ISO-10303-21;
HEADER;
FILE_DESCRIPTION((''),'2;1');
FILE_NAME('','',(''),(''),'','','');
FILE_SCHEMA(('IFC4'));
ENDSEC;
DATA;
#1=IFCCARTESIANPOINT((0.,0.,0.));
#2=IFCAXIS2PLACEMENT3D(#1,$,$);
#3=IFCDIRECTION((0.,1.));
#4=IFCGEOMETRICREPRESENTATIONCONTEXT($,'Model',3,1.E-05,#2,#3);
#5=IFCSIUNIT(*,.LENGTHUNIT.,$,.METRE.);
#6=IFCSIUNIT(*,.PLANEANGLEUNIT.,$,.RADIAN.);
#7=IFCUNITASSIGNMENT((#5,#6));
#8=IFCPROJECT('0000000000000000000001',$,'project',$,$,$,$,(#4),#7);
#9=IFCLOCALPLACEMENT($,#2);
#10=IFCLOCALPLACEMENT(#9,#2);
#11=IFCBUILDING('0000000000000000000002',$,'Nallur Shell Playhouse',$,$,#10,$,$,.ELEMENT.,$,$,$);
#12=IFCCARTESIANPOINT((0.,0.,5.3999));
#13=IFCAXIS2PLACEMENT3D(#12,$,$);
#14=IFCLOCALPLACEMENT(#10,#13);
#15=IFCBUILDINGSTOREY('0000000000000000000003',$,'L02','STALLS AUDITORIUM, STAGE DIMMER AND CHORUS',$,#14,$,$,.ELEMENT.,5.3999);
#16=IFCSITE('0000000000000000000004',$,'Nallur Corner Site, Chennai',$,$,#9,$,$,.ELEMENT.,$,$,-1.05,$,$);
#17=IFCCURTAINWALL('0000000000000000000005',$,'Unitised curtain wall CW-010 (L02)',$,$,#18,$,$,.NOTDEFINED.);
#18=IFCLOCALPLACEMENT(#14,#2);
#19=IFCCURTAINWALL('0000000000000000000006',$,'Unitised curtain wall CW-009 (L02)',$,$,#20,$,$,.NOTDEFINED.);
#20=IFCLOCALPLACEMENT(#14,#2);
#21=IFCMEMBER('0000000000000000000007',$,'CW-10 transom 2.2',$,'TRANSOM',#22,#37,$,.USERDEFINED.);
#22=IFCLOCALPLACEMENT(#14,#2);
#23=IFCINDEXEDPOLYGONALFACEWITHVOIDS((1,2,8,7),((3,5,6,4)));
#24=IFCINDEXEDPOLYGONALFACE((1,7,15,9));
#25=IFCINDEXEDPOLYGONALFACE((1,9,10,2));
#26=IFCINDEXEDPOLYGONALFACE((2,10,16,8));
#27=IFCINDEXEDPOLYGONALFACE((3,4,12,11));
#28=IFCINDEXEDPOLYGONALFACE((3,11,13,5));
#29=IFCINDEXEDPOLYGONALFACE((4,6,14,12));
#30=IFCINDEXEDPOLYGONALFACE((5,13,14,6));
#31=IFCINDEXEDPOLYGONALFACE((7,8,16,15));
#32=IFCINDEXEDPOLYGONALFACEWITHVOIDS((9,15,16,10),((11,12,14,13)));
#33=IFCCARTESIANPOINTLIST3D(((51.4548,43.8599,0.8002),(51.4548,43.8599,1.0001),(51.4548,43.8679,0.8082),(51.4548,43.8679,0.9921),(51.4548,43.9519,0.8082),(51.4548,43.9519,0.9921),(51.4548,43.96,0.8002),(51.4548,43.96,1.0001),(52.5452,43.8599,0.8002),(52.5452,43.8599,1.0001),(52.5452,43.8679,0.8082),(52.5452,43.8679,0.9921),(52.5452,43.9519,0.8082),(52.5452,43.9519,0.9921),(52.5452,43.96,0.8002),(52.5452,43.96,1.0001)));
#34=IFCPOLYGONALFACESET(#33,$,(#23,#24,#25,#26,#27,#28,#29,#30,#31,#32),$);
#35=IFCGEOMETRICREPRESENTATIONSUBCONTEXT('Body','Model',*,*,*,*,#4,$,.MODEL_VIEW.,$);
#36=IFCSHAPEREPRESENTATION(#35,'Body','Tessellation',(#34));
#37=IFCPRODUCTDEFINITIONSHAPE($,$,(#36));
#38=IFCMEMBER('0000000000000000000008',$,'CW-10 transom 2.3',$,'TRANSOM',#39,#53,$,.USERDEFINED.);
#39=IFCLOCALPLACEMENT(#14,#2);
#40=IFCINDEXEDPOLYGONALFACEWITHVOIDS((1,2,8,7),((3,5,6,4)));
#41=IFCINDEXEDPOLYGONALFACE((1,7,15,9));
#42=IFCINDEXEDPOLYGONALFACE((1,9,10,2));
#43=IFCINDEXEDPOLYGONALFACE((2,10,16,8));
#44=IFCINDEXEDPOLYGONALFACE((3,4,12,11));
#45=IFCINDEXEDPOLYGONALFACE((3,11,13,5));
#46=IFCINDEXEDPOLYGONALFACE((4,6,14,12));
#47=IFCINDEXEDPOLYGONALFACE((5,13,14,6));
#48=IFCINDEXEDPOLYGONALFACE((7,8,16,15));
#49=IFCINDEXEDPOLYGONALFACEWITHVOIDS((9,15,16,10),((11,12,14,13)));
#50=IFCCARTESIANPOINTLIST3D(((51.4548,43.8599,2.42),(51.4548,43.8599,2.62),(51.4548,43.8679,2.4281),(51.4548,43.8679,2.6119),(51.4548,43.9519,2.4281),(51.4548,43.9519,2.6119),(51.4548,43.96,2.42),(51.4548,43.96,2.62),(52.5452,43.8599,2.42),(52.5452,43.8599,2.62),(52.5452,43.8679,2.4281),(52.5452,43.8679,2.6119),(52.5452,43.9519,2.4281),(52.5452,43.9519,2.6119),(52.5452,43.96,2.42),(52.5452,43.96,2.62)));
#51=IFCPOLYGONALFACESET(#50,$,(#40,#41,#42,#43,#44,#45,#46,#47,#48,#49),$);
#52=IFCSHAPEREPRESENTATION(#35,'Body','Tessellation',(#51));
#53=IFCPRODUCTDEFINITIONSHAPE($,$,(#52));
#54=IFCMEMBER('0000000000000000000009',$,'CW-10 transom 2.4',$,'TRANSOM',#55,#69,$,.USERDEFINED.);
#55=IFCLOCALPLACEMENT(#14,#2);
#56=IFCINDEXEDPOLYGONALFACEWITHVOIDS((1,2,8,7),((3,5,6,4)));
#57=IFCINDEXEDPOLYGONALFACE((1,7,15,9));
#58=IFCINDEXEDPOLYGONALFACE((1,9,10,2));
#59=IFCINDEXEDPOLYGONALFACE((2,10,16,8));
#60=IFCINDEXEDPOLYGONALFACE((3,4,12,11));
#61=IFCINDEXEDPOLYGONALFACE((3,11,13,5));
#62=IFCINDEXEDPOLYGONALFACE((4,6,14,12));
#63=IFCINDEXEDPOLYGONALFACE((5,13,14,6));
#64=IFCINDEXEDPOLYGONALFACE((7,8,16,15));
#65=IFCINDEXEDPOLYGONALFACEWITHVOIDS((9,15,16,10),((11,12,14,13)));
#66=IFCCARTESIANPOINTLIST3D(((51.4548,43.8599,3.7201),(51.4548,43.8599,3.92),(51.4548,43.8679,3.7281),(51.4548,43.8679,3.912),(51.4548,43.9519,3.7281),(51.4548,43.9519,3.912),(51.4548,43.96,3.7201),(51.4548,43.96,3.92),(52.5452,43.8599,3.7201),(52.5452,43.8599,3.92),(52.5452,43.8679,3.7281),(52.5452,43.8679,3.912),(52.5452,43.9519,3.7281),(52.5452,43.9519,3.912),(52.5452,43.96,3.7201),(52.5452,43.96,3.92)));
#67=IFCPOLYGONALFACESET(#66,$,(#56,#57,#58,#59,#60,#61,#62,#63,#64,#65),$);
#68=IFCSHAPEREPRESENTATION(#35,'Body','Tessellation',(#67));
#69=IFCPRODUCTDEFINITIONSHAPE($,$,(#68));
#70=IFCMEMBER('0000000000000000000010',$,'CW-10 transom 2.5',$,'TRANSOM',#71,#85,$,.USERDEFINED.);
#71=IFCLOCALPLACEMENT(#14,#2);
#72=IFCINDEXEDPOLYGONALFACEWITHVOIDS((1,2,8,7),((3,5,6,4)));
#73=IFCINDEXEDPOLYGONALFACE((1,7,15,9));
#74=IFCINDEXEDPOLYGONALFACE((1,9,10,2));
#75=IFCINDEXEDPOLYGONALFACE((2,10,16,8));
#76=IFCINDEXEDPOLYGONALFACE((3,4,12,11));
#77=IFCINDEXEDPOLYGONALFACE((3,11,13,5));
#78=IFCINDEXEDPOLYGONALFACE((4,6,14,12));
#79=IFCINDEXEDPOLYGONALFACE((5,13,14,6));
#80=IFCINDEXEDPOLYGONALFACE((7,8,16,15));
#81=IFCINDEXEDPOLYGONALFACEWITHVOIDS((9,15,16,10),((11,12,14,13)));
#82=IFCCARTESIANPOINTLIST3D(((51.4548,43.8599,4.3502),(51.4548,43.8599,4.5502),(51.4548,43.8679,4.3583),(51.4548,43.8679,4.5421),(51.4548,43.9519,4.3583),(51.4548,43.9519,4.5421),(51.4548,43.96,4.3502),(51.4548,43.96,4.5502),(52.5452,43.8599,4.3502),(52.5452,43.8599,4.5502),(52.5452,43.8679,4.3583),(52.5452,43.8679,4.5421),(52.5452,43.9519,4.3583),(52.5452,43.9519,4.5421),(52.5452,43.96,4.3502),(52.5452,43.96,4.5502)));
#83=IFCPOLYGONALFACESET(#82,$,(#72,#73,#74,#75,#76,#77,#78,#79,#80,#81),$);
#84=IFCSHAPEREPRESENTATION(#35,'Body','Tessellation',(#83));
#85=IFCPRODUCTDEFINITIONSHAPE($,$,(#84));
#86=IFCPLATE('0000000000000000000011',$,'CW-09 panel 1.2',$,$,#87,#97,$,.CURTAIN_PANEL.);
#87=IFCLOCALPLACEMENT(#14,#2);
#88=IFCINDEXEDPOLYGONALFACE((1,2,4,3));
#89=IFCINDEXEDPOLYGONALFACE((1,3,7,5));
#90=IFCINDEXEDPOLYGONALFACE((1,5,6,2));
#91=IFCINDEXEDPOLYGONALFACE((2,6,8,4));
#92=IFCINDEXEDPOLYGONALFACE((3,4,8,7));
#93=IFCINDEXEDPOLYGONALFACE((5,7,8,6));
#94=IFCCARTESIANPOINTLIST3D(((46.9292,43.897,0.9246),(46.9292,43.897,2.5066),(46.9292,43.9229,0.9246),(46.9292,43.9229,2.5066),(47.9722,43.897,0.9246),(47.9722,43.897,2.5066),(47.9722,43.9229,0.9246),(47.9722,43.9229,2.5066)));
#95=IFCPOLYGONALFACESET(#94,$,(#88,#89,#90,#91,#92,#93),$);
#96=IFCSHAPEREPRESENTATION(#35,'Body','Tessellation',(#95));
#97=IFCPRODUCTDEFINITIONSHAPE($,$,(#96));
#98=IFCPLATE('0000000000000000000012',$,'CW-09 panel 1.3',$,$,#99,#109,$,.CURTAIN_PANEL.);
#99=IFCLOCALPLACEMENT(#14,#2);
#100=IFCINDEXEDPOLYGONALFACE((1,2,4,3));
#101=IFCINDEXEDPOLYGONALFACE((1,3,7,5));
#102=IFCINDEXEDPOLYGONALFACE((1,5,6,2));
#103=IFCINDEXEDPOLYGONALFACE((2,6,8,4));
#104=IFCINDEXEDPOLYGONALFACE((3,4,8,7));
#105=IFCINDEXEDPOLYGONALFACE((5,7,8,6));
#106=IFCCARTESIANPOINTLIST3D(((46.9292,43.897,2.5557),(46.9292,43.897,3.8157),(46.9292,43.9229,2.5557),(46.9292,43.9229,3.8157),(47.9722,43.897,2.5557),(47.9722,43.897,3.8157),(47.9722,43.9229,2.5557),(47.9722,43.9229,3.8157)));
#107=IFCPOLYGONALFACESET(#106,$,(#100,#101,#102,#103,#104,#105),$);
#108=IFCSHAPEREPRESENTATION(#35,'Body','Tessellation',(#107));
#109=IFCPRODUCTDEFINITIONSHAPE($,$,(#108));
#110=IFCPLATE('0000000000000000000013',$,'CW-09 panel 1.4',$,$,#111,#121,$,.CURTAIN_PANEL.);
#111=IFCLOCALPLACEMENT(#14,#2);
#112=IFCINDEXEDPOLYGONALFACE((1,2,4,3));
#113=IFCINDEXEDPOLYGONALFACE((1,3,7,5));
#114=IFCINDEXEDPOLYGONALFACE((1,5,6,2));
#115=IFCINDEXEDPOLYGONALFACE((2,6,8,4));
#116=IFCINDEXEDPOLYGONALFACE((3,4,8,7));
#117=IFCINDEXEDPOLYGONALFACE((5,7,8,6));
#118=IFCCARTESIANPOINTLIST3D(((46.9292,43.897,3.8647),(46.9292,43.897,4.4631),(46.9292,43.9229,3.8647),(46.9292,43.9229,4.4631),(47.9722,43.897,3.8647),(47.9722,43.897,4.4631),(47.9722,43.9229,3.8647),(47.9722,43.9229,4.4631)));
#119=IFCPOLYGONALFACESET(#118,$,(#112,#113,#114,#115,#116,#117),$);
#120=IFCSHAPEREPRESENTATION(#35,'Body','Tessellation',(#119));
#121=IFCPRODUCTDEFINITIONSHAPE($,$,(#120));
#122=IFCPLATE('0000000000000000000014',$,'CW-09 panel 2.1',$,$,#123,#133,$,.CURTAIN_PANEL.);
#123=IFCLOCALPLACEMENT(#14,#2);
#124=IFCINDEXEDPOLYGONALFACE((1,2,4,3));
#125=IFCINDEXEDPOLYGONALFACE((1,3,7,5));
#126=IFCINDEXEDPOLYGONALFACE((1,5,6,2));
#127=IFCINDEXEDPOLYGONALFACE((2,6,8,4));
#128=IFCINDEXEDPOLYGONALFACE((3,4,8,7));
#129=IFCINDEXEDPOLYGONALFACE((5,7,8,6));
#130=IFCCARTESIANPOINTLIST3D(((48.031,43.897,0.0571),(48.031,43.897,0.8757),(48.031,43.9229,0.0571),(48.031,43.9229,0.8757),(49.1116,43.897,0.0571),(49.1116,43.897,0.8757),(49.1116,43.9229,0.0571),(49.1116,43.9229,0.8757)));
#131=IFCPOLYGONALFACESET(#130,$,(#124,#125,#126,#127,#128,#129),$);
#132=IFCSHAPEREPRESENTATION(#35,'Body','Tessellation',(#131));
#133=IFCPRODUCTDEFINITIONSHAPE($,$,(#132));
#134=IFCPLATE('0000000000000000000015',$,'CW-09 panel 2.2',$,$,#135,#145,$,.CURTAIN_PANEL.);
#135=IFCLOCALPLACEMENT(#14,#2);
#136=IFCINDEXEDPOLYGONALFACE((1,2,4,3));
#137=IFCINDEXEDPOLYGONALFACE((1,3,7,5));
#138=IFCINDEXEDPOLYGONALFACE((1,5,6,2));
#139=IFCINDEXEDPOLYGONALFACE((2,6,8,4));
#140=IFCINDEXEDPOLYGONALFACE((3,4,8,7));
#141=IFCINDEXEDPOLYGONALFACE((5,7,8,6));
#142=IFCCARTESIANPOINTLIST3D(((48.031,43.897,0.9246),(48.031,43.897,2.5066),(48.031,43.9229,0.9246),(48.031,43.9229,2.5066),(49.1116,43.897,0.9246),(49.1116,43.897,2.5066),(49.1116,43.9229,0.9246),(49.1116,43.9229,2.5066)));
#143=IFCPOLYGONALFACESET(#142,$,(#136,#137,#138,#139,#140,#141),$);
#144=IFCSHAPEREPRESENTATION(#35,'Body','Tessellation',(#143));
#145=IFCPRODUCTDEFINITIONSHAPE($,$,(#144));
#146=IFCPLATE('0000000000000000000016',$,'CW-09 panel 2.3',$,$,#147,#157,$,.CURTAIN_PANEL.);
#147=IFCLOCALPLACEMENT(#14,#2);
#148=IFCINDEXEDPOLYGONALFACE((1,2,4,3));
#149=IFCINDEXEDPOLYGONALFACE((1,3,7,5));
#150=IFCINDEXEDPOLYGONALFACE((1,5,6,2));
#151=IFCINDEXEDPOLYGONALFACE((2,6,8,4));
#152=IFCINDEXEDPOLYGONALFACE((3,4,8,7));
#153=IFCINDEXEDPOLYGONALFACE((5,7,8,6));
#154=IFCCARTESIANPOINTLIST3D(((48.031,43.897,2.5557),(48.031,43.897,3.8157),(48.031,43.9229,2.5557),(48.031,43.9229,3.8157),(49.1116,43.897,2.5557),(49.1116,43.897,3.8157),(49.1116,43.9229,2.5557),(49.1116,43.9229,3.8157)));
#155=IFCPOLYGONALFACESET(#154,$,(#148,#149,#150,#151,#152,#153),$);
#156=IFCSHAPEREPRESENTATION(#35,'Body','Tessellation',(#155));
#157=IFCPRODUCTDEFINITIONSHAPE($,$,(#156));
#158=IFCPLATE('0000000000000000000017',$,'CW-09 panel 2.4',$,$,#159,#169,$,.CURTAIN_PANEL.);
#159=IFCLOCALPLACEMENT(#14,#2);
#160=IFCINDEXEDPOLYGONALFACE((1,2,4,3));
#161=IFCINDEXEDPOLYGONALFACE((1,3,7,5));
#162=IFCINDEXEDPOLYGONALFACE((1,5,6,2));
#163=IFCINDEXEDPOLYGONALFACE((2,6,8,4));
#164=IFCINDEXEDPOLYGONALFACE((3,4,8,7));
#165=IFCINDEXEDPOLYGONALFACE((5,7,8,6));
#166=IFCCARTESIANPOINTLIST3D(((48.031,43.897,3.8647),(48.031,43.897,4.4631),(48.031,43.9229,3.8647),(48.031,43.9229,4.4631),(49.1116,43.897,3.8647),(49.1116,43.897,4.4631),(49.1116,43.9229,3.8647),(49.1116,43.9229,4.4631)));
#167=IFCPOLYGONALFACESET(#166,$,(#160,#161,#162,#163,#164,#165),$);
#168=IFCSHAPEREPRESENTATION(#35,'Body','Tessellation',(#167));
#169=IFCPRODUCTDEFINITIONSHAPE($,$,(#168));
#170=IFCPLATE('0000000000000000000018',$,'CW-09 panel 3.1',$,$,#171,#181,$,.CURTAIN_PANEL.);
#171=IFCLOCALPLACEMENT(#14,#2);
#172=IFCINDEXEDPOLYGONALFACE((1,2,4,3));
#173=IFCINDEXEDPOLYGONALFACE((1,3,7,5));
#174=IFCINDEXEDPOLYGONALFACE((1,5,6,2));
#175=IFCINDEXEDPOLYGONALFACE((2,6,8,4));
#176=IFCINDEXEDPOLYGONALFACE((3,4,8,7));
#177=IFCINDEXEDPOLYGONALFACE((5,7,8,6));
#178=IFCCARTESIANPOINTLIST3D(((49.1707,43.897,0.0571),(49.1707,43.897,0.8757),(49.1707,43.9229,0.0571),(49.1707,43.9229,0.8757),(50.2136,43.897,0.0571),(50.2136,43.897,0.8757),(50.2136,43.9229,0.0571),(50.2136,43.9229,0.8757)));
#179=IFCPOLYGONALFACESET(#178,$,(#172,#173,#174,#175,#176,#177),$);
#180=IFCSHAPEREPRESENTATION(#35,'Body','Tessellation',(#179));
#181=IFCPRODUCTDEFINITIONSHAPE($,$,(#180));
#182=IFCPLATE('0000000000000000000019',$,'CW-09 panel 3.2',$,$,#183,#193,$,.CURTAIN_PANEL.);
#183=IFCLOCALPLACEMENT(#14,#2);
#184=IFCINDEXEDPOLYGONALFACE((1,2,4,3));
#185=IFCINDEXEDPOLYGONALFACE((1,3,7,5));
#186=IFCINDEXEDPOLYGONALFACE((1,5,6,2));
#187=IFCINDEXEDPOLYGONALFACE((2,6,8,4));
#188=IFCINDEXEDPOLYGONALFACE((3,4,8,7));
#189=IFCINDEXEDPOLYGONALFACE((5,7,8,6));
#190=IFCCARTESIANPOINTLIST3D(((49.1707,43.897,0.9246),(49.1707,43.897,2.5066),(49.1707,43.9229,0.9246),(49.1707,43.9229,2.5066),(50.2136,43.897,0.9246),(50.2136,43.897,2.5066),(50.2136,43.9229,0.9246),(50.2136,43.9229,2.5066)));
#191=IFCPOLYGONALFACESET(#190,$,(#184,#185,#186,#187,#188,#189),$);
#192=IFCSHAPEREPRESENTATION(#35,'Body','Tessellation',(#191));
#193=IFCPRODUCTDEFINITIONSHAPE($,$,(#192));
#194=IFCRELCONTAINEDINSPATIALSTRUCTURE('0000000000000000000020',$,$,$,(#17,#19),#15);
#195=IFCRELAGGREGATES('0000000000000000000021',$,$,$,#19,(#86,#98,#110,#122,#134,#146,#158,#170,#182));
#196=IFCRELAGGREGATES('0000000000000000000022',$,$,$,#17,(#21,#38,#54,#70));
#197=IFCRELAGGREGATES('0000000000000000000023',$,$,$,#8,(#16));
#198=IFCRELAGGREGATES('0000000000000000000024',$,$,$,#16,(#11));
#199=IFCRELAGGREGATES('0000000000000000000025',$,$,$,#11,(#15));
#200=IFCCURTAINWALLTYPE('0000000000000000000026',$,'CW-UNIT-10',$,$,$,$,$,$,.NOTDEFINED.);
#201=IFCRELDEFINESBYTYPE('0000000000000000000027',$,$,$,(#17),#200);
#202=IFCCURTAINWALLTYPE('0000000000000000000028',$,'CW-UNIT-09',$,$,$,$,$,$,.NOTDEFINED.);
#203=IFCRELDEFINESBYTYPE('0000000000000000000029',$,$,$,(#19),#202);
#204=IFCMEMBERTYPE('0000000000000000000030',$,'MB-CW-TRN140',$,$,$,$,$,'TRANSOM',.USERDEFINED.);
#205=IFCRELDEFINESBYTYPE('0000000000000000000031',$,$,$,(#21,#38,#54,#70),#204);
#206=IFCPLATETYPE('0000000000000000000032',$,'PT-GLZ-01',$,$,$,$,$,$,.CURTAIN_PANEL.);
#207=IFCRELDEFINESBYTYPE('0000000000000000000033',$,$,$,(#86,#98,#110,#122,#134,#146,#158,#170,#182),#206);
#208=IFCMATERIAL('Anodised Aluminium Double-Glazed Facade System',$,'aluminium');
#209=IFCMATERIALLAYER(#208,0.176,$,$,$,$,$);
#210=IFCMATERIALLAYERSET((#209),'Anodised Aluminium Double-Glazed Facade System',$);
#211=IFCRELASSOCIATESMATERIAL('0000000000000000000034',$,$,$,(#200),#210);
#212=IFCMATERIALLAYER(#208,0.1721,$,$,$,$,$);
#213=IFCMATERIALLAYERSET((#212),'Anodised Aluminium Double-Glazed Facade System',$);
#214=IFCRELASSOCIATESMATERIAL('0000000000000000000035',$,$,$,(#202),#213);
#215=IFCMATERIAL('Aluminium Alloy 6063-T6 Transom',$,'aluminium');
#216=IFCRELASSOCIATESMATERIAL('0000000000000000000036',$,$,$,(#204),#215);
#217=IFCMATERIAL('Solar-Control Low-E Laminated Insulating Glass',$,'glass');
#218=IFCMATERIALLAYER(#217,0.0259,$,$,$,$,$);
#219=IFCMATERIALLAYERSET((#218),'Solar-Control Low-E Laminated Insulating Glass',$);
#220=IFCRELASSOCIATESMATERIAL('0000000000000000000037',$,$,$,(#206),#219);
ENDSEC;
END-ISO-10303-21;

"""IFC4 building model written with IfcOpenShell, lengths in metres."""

from ifc_helpers import new_model, si_unit, direction, frame, origin, origin_2d, place, context, subcontext, project, spatial, rectangle, hollow_rectangle, extrude, material, layer, layer_set, material_profile, profile_set, type_object, element, aggregate, save


model = new_model("IFC4")

# Units and contexts
model_context = context("Model", 3, precision=1e-05, world=origin(), true_north=direction((0.0, 1.0)))
body_context = subcontext(model_context, "Body", "Model", "MODEL_VIEW")
ifc_project = project(units=[si_unit("LENGTHUNIT", "METRE"), si_unit("PLANEANGLEUNIT", "RADIAN")], contexts=[model_context])

# Site, building, storey
site_placement = place(None, origin())
site = spatial("IfcSite", under=ifc_project, at=site_placement, Name="Nallur Corner Site, Chennai", CompositionType="ELEMENT", RefElevation=-1.05)
building_placement = place(site_placement, origin())
building = spatial("IfcBuilding", under=site, at=building_placement, Name="Nallur Shell Playhouse", CompositionType="ELEMENT")
storey_placement = place(building_placement, frame((0.0, 0.0, 5.3999)))
storey = spatial("IfcBuildingStorey", under=building, at=storey_placement, Name="L02", Description="STALLS AUDITORIUM, STAGE DIMMER AND CHORUS", CompositionType="ELEMENT", Elevation=5.3999)

# Curtain walls
ifc_material_1 = material(Name="Anodised Aluminium Double-Glazed Facade System", Category="aluminium")
ifc_layer_1 = layer(ifc_material_1, 0.176)
ifc_layer_set_1 = layer_set([ifc_layer_1], Name="Anodised Aluminium Double-Glazed Facade System")
curtain_wall_type_1 = type_object("IfcCurtainWallType", Name="CW-UNIT-10", PredefinedType="NOTDEFINED", material=ifc_layer_set_1)
curtain_wall_1_placement = place(storey_placement, origin())
curtain_wall_1 = element("IfcCurtainWall", 1, at=curtain_wall_1_placement, inside=storey, type_object=curtain_wall_type_1, Name="Unitised curtain wall CW-010 (L02)", PredefinedType="NOTDEFINED")
ifc_layer_2 = layer(ifc_material_1, 0.1721)
ifc_layer_set_2 = layer_set([ifc_layer_2], Name="Anodised Aluminium Double-Glazed Facade System")
curtain_wall_type_2 = type_object("IfcCurtainWallType", Name="CW-UNIT-09", PredefinedType="NOTDEFINED", material=ifc_layer_set_2)
curtain_wall_2_placement = place(storey_placement, origin())
curtain_wall_2 = element("IfcCurtainWall", 2, at=curtain_wall_2_placement, inside=storey, type_object=curtain_wall_type_2, Name="Unitised curtain wall CW-009 (L02)", PredefinedType="NOTDEFINED")
ifc_material_2 = material(Name="Aluminium Alloy 6063-T6 Transom", Category="aluminium")

# Members
ifc_material_profile_1 = material_profile(ifc_material_2, hollow_rectangle(XDim=0.1001, YDim=0.2, WallThickness=0.0081, at=origin_2d()), Name="RHS 200x100x8")
ifc_profile_set_1 = profile_set([ifc_material_profile_1], Name="Aluminium Alloy 6063-T6 Transom")
member_type_1 = type_object("IfcMemberType", Name="MB-CW-TRN140", ElementType="TRANSOM", PredefinedType="USERDEFINED", material=ifc_profile_set_1)
member_1_placement = place(storey_placement, frame((51.4548, 43.9099, 0.9001), z_axis=(1.0, 0.0, 0.0), x_axis=(0.0, 1.0, 0.0)))
member_1 = element("IfcMember", 3, at=member_1_placement, type_object=member_type_1, Name="CW-10 transom 2.2", ObjectType="TRANSOM", PredefinedType="USERDEFINED", context=body_context, shape_type="SweptSolid", body=[
    extrude(hollow_rectangle(XDim=0.1001, YDim=0.2, WallThickness=0.0081, at=origin_2d()), origin(), (0.0, 0.0, 1.0), 1.0903),
])
member_2_placement = place(storey_placement, frame((51.4548, 43.9099, 2.52), z_axis=(1.0, 0.0, 0.0), x_axis=(0.0, 1.0, 0.0)))
member_2 = element("IfcMember", 4, at=member_2_placement, type_object=member_type_1, Name="CW-10 transom 2.3", ObjectType="TRANSOM", PredefinedType="USERDEFINED", context=body_context, shape_type="SweptSolid", body=[
    extrude(hollow_rectangle(XDim=0.1001, YDim=0.2, WallThickness=0.0081, at=origin_2d()), origin(), (0.0, 0.0, 1.0), 1.0903),
])
member_3_placement = place(storey_placement, frame((51.4548, 43.9099, 3.8201), z_axis=(1.0, 0.0, 0.0), x_axis=(0.0, 1.0, 0.0)))
member_3 = element("IfcMember", 5, at=member_3_placement, type_object=member_type_1, Name="CW-10 transom 2.4", ObjectType="TRANSOM", PredefinedType="USERDEFINED", context=body_context, shape_type="SweptSolid", body=[
    extrude(hollow_rectangle(XDim=0.1001, YDim=0.2, WallThickness=0.0081, at=origin_2d()), origin(), (0.0, 0.0, 1.0), 1.0903),
])
member_4_placement = place(storey_placement, frame((51.4548, 43.9099, 4.4502), z_axis=(1.0, 0.0, 0.0), x_axis=(0.0, 1.0, 0.0)))
member_4 = element("IfcMember", 6, at=member_4_placement, type_object=member_type_1, Name="CW-10 transom 2.5", ObjectType="TRANSOM", PredefinedType="USERDEFINED", context=body_context, shape_type="SweptSolid", body=[
    extrude(hollow_rectangle(XDim=0.1001, YDim=0.2, WallThickness=0.0081, at=origin_2d()), origin(), (0.0, 0.0, 1.0), 1.0903),
])

# Plates
ifc_material_3 = material(Name="Solar-Control Low-E Laminated Insulating Glass", Category="glass")
ifc_layer_3 = layer(ifc_material_3, 0.0259)
ifc_layer_set_3 = layer_set([ifc_layer_3], Name="Solar-Control Low-E Laminated Insulating Glass")
plate_type_1 = type_object("IfcPlateType", Name="PT-GLZ-01", PredefinedType="CURTAIN_PANEL", material=ifc_layer_set_3)
plate_1_placement = place(storey_placement, frame((47.4507, 43.9099, 0.9246), z_axis=(0.0, 0.0, 1.0), x_axis=(1.0, 0.0, 0.0)))
plate_1 = element("IfcPlate", 7, at=plate_1_placement, type_object=plate_type_1, Name="CW-09 panel 1.2", PredefinedType="CURTAIN_PANEL", context=body_context, shape_type="SweptSolid", body=[
    extrude(rectangle(XDim=1.043, YDim=0.0259, at=origin_2d()), origin(), (0.0, 0.0, 1.0), 1.582),
])
plate_2_placement = place(storey_placement, frame((47.4507, 43.9099, 2.5557), z_axis=(0.0, 0.0, 1.0), x_axis=(1.0, 0.0, 0.0)))
plate_2 = element("IfcPlate", 8, at=plate_2_placement, type_object=plate_type_1, Name="CW-09 panel 1.3", PredefinedType="CURTAIN_PANEL", context=body_context, shape_type="SweptSolid", body=[
    extrude(rectangle(XDim=1.043, YDim=0.0259, at=origin_2d()), origin(), (0.0, 0.0, 1.0), 1.26),
])
plate_3_placement = place(storey_placement, frame((47.4507, 43.9099, 3.8647), z_axis=(0.0, 0.0, 1.0), x_axis=(1.0, 0.0, 0.0)))
plate_3 = element("IfcPlate", 9, at=plate_3_placement, type_object=plate_type_1, Name="CW-09 panel 1.4", PredefinedType="CURTAIN_PANEL", context=body_context, shape_type="SweptSolid", body=[
    extrude(rectangle(XDim=1.043, YDim=0.0259, at=origin_2d()), origin(), (0.0, 0.0, 1.0), 0.5984),
])
plate_4_placement = place(storey_placement, frame((48.5713, 43.9099, 0.0571), z_axis=(0.0, 0.0, 1.0), x_axis=(1.0, 0.0, 0.0)))
plate_4 = element("IfcPlate", 10, at=plate_4_placement, type_object=plate_type_1, Name="CW-09 panel 2.1", PredefinedType="CURTAIN_PANEL", context=body_context, shape_type="SweptSolid", body=[
    extrude(rectangle(XDim=1.0806, YDim=0.0259, at=origin_2d()), origin(), (0.0, 0.0, 1.0), 0.8186),
])
plate_5_placement = place(storey_placement, frame((48.5713, 43.9099, 0.9246), z_axis=(0.0, 0.0, 1.0), x_axis=(1.0, 0.0, 0.0)))
plate_5 = element("IfcPlate", 11, at=plate_5_placement, type_object=plate_type_1, Name="CW-09 panel 2.2", PredefinedType="CURTAIN_PANEL", context=body_context, shape_type="SweptSolid", body=[
    extrude(rectangle(XDim=1.0806, YDim=0.0259, at=origin_2d()), origin(), (0.0, 0.0, 1.0), 1.582),
])
plate_6_placement = place(storey_placement, frame((48.5713, 43.9099, 2.5557), z_axis=(0.0, 0.0, 1.0), x_axis=(1.0, 0.0, 0.0)))
plate_6 = element("IfcPlate", 12, at=plate_6_placement, type_object=plate_type_1, Name="CW-09 panel 2.3", PredefinedType="CURTAIN_PANEL", context=body_context, shape_type="SweptSolid", body=[
    extrude(rectangle(XDim=1.0806, YDim=0.0259, at=origin_2d()), origin(), (0.0, 0.0, 1.0), 1.26),
])
plate_7_placement = place(storey_placement, frame((48.5713, 43.9099, 3.8647), z_axis=(0.0, 0.0, 1.0), x_axis=(1.0, 0.0, 0.0)))
plate_7 = element("IfcPlate", 13, at=plate_7_placement, type_object=plate_type_1, Name="CW-09 panel 2.4", PredefinedType="CURTAIN_PANEL", context=body_context, shape_type="SweptSolid", body=[
    extrude(rectangle(XDim=1.0806, YDim=0.0259, at=origin_2d()), origin(), (0.0, 0.0, 1.0), 0.5984),
])
plate_8_placement = place(storey_placement, frame((49.6921, 43.9099, 0.0571), z_axis=(0.0, 0.0, 1.0), x_axis=(1.0, 0.0, 0.0)))
plate_8 = element("IfcPlate", 14, at=plate_8_placement, type_object=plate_type_1, Name="CW-09 panel 3.1", PredefinedType="CURTAIN_PANEL", context=body_context, shape_type="SweptSolid", body=[
    extrude(rectangle(XDim=1.043, YDim=0.0259, at=origin_2d()), origin(), (0.0, 0.0, 1.0), 0.8186),
])
plate_9_placement = place(storey_placement, frame((49.6921, 43.9099, 0.9246), z_axis=(0.0, 0.0, 1.0), x_axis=(1.0, 0.0, 0.0)))
plate_9 = element("IfcPlate", 15, at=plate_9_placement, type_object=plate_type_1, Name="CW-09 panel 3.2", PredefinedType="CURTAIN_PANEL", context=body_context, shape_type="SweptSolid", body=[
    extrude(rectangle(XDim=1.043, YDim=0.0259, at=origin_2d()), origin(), (0.0, 0.0, 1.0), 1.582),
])
aggregate(curtain_wall_2, [plate_1, plate_2, plate_3, plate_4, plate_5, plate_6, plate_7, plate_8, plate_9])
aggregate(curtain_wall_1, [member_1, member_2, member_3, member_4])

save(model, "model.ifc")
